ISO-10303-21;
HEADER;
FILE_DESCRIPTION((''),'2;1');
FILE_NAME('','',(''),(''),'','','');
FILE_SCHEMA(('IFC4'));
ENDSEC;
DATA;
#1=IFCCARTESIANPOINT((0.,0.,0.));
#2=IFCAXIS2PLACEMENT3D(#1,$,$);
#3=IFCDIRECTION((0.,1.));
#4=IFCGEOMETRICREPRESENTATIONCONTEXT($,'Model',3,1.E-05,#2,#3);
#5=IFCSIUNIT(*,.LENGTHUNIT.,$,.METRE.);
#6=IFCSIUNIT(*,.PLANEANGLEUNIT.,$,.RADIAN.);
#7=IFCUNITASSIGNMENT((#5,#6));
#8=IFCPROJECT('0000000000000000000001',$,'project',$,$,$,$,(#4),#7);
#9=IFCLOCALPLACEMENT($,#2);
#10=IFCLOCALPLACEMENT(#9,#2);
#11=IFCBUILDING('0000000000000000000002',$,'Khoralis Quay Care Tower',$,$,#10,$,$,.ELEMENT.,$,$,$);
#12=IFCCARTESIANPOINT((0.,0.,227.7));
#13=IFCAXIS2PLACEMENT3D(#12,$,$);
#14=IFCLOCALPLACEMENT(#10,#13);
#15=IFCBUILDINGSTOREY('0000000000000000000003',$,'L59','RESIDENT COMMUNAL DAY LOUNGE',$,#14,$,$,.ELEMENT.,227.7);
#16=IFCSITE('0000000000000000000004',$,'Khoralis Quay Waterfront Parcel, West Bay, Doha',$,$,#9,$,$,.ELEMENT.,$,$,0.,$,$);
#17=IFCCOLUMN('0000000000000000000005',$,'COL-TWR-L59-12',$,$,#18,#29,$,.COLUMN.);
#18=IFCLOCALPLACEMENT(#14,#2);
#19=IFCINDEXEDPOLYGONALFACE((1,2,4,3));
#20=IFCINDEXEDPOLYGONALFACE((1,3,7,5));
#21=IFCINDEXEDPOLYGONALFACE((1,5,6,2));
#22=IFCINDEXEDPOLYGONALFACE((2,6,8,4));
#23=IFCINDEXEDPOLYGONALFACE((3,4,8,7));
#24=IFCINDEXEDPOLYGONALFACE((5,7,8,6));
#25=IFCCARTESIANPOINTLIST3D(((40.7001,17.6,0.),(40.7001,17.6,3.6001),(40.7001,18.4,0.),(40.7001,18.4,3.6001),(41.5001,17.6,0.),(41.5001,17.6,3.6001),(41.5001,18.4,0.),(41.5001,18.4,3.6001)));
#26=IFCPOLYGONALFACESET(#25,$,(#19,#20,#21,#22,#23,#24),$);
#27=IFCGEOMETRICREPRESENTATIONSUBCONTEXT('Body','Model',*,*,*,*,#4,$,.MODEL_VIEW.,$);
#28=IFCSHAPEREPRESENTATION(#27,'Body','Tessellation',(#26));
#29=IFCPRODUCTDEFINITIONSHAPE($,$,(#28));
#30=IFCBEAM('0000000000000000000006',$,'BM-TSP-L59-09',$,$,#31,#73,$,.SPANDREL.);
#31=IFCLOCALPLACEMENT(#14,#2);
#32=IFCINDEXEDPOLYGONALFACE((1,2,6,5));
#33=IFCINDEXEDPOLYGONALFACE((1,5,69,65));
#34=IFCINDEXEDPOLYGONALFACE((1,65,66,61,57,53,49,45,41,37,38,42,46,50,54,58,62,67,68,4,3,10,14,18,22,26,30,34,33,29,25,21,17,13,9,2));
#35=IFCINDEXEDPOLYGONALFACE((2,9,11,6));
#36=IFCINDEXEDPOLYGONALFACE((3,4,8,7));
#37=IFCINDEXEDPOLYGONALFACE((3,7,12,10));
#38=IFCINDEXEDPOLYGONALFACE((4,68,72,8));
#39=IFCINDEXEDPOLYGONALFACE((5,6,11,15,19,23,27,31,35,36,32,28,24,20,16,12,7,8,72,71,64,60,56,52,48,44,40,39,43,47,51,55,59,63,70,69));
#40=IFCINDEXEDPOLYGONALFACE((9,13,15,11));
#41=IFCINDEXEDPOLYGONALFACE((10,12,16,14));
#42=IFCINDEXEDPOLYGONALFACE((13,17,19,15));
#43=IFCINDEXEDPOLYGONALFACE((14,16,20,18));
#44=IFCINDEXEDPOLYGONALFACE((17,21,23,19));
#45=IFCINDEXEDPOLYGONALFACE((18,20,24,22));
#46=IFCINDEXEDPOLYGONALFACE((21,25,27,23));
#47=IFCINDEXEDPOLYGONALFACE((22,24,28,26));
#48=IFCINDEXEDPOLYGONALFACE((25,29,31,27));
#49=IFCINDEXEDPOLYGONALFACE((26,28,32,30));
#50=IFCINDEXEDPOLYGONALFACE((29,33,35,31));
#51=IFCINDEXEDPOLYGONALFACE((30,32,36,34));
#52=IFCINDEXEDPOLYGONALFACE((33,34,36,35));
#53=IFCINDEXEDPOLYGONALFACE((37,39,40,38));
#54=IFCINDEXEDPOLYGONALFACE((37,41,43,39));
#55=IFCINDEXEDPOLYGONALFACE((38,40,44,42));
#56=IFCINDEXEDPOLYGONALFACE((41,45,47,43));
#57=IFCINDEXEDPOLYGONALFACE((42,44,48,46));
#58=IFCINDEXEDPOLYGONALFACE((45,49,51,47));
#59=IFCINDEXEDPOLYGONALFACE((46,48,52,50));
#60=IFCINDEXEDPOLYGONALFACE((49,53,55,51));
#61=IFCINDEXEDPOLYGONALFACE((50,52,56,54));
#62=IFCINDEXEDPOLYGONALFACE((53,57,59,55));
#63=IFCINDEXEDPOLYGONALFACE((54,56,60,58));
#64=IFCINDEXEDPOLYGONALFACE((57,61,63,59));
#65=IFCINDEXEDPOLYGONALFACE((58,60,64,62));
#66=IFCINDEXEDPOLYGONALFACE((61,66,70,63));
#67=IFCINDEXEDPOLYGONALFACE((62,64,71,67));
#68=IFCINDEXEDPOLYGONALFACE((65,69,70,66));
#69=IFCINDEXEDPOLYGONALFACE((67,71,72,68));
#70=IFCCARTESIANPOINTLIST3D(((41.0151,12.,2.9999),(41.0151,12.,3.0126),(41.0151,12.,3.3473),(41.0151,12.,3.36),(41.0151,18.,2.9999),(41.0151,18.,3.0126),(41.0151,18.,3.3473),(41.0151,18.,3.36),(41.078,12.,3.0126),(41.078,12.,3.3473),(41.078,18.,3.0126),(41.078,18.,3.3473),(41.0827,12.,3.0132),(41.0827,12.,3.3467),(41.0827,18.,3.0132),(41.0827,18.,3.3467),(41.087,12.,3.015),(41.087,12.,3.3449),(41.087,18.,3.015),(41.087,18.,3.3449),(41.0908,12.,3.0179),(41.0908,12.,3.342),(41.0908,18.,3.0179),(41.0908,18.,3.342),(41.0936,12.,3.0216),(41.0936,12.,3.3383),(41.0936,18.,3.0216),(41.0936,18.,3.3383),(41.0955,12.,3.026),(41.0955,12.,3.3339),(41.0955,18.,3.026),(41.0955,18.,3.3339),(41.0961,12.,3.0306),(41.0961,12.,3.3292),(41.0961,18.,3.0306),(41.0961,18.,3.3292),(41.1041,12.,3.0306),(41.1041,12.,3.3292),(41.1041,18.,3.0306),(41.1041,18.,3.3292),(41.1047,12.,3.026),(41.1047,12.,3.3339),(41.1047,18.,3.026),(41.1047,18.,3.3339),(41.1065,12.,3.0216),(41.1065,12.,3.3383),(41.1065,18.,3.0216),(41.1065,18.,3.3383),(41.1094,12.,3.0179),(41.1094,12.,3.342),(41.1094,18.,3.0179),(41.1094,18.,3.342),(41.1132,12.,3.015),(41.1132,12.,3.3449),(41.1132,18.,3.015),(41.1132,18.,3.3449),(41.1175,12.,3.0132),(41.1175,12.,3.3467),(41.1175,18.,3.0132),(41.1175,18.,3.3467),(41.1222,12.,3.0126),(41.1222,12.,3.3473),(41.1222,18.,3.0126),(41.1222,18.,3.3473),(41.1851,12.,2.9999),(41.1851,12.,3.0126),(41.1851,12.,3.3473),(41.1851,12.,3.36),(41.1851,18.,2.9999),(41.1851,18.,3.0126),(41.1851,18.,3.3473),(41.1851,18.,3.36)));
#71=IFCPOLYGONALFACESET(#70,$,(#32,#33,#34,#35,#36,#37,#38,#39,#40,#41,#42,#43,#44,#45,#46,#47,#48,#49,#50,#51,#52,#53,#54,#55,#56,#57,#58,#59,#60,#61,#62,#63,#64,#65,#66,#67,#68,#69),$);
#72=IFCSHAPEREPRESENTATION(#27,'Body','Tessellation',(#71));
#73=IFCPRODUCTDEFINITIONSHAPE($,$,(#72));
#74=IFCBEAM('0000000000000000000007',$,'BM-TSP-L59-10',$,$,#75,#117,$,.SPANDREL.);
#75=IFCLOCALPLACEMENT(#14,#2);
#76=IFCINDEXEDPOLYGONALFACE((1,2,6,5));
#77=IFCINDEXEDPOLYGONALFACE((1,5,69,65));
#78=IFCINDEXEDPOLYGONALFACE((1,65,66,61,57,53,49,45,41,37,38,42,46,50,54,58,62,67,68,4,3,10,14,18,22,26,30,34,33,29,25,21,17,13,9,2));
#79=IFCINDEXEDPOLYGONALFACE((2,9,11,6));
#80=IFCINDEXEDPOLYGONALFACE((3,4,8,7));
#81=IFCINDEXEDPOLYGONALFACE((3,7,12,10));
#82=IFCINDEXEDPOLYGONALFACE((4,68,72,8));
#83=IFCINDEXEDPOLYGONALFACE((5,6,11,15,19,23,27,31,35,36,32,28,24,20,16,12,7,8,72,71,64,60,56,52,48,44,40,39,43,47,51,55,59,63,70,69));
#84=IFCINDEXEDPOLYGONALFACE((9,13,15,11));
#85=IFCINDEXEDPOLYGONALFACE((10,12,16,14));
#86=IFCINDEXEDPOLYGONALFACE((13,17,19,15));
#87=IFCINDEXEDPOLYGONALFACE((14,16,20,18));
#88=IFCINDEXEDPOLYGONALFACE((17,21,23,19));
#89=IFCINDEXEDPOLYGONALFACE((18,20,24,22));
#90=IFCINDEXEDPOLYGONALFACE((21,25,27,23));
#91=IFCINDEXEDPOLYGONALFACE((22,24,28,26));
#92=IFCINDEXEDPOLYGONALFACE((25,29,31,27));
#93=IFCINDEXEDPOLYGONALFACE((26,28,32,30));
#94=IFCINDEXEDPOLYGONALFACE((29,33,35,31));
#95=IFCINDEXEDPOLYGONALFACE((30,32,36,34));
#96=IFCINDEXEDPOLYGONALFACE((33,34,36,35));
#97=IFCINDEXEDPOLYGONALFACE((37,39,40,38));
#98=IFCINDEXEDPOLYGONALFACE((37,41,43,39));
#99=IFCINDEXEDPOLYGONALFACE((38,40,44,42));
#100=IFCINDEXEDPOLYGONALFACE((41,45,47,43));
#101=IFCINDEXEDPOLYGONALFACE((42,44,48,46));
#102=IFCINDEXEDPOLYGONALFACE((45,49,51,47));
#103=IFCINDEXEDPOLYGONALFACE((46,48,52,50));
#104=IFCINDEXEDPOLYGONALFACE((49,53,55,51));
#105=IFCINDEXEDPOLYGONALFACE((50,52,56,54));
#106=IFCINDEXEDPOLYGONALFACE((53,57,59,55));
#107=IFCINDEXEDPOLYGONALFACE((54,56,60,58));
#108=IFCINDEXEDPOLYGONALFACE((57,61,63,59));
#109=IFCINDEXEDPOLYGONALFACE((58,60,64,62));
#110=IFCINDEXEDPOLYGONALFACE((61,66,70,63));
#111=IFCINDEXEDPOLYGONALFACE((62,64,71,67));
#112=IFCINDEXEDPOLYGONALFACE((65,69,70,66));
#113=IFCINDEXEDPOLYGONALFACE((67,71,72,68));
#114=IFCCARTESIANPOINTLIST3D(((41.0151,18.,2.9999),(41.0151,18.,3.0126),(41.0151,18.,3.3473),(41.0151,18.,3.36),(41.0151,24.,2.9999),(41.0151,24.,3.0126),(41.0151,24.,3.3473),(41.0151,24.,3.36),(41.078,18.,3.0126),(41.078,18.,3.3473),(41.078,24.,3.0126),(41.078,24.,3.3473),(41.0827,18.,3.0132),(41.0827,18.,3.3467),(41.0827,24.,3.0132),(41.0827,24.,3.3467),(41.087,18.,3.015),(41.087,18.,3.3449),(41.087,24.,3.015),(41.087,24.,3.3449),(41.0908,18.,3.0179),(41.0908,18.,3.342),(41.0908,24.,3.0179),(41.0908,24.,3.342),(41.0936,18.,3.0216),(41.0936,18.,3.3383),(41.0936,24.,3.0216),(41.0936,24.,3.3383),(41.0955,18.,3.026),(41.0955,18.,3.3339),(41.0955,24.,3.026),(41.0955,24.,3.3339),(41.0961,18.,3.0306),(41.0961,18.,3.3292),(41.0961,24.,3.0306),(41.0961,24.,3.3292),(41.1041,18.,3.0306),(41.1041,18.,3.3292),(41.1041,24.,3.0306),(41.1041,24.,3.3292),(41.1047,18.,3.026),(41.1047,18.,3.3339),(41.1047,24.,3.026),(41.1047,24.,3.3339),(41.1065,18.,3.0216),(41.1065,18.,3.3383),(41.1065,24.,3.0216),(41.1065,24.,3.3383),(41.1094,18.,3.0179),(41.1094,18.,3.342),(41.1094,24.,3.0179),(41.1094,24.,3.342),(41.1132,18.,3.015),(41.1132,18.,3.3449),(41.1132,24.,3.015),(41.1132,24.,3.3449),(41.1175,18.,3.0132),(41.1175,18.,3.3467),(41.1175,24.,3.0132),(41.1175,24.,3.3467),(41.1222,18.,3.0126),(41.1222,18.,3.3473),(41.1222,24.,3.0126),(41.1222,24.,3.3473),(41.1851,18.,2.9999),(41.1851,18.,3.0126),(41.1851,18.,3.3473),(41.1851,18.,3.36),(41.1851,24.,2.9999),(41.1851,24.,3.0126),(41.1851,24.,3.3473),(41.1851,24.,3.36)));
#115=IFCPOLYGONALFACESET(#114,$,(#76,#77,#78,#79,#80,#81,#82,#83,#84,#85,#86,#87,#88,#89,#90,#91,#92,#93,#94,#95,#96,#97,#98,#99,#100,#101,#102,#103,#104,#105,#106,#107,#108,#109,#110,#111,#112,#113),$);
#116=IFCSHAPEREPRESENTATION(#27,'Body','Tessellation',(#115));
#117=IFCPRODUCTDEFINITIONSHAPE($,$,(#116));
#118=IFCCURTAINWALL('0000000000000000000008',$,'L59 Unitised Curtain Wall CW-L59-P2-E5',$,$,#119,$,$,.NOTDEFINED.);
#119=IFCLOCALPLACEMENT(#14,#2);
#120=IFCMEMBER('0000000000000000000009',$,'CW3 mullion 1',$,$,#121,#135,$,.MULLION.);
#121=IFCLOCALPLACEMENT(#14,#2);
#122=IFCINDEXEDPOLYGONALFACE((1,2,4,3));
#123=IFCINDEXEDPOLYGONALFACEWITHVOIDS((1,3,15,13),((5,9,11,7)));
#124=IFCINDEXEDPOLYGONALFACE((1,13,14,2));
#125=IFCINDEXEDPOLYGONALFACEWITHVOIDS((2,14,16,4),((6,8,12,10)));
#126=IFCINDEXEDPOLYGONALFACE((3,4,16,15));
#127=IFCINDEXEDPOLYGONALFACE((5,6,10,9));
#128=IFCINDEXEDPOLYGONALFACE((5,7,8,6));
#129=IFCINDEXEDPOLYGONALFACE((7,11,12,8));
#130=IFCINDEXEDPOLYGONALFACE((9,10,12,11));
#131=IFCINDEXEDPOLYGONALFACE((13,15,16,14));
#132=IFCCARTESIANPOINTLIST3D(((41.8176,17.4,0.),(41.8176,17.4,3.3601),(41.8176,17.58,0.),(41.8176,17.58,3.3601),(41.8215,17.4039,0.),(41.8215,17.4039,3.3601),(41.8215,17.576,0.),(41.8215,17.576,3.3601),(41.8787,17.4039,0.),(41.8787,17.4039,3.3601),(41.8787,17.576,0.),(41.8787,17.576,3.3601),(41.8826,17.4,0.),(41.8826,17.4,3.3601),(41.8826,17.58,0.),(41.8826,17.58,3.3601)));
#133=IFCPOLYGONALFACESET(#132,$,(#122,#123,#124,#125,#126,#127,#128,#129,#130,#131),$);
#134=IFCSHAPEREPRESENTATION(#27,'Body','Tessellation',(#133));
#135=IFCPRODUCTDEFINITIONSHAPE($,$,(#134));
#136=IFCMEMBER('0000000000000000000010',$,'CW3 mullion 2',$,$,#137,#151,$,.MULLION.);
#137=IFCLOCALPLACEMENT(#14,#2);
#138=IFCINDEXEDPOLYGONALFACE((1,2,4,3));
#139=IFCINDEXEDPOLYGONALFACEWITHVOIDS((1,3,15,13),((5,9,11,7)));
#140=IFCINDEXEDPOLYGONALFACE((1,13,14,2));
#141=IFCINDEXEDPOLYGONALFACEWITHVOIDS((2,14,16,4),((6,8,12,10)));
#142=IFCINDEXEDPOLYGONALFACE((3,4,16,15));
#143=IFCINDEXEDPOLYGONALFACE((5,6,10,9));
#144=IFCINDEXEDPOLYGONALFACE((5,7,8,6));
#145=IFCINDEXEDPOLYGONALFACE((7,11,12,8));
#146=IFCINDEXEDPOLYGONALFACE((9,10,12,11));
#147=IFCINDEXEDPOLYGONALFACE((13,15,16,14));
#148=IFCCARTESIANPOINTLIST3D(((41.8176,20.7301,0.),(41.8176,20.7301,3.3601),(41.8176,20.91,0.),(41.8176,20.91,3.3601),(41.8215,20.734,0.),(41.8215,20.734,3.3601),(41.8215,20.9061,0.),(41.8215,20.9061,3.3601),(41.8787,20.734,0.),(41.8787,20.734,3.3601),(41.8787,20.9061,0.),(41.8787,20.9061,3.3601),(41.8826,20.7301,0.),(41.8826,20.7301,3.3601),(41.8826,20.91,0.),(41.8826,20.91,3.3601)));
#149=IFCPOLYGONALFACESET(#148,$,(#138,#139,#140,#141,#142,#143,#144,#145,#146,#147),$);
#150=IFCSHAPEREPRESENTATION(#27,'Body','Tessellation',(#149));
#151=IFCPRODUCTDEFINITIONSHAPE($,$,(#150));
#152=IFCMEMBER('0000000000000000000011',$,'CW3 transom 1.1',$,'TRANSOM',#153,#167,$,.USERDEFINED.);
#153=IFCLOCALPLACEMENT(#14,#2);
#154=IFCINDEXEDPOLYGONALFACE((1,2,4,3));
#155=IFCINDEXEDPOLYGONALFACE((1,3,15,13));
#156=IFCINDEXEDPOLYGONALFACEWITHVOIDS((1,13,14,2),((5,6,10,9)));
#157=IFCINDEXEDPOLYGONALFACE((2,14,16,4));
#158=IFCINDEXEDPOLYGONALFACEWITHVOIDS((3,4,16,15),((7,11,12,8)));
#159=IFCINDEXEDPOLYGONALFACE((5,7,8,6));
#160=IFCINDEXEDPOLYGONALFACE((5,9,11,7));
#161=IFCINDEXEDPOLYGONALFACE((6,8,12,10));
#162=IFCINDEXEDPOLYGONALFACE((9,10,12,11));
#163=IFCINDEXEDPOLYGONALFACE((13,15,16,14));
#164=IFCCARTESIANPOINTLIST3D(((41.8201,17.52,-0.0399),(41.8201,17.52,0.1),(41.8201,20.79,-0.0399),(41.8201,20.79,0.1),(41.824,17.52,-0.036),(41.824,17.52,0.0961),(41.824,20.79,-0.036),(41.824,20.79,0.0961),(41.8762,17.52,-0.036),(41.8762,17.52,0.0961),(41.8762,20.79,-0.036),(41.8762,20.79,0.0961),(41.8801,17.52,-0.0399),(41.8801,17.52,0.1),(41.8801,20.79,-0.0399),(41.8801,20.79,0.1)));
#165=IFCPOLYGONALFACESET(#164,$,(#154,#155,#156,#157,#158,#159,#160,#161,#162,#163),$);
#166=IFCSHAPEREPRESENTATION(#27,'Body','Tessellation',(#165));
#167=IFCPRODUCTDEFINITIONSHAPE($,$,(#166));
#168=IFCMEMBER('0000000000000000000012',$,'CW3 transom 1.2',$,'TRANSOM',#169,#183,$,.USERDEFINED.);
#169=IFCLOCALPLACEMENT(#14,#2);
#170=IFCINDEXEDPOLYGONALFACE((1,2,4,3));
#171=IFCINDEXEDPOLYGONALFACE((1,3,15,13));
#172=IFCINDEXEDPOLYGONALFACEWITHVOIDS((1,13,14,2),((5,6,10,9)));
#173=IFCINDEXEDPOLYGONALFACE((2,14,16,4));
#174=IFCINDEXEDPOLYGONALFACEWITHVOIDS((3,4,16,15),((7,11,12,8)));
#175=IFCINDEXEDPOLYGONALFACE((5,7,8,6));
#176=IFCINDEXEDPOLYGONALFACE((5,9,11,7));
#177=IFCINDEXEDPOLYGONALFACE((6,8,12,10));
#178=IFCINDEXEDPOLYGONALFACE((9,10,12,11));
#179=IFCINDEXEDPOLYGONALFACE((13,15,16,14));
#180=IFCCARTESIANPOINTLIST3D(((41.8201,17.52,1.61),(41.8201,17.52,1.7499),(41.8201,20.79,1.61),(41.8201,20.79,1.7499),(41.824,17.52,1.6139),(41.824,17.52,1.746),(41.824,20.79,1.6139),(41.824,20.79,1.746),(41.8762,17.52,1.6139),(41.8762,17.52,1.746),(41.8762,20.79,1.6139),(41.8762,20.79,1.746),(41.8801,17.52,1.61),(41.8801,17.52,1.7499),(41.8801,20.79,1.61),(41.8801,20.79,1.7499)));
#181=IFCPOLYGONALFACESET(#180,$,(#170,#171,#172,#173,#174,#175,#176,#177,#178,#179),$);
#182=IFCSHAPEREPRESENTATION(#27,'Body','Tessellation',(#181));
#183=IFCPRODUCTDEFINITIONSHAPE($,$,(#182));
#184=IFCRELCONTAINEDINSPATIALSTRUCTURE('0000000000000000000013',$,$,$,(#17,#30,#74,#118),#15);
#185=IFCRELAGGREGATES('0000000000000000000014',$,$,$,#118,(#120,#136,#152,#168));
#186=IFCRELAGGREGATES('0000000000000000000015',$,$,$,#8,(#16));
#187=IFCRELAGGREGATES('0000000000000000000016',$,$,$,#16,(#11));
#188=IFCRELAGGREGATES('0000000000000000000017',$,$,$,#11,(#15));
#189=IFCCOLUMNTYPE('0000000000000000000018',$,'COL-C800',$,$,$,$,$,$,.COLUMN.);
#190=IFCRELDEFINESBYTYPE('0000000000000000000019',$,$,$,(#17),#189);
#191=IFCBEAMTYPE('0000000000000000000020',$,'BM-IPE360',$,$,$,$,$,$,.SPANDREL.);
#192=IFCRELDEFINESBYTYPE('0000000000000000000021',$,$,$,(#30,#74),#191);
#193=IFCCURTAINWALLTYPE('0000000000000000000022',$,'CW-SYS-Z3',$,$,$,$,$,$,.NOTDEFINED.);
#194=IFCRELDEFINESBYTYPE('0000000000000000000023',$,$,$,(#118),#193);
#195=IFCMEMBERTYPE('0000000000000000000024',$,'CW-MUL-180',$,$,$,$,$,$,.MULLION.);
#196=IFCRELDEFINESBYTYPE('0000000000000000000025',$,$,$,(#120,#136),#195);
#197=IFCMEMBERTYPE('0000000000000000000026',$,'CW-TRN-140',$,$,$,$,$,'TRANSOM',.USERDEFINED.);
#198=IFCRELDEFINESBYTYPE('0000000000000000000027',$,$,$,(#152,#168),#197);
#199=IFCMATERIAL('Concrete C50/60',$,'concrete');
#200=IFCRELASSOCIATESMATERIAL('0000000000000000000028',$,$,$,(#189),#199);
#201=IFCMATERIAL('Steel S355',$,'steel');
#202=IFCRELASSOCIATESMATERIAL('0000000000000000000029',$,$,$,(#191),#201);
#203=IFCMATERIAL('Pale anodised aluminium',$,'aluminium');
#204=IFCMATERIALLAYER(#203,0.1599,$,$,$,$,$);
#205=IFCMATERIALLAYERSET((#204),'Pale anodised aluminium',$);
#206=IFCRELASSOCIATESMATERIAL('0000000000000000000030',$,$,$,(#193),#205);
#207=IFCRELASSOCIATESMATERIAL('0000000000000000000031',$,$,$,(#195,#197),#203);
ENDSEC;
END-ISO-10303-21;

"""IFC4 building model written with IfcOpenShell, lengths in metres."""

from ifc_helpers import new_model, si_unit, direction, frame, origin, origin_2d, place, context, subcontext, project, spatial, rectangle, hollow_rectangle, i_section, extrude, source, transform, mapped, material, layer, layer_set, material_profile, profile_set, type_object, element, aggregate, save


model = new_model("IFC4")

# Units and contexts
model_context = context("Model", 3, precision=1e-05, world=origin(), true_north=direction((0.0, 1.0)))
body_context = subcontext(model_context, "Body", "Model", "MODEL_VIEW")
ifc_project = project(units=[si_unit("LENGTHUNIT", "METRE"), si_unit("PLANEANGLEUNIT", "RADIAN")], contexts=[model_context])

# Site, building, storey
site_placement = place(None, origin())
site = spatial("IfcSite", under=ifc_project, at=site_placement, Name="Khoralis Quay Waterfront Parcel, West Bay, Doha", CompositionType="ELEMENT", RefElevation=0.0)
building_placement = place(site_placement, origin())
building = spatial("IfcBuilding", under=site, at=building_placement, Name="Khoralis Quay Care Tower", CompositionType="ELEMENT")
storey_placement = place(building_placement, frame((0.0, 0.0, 227.7)))
storey = spatial("IfcBuildingStorey", under=building, at=storey_placement, Name="L59", Description="RESIDENT COMMUNAL DAY LOUNGE", CompositionType="ELEMENT", Elevation=227.7)

# Column
ifc_material_1 = material(Name="Concrete C50/60", Category="concrete")
ifc_material_profile_1 = material_profile(ifc_material_1, rectangle(XDim=0.8, YDim=0.8, at=origin_2d()), Name="Concrete C50/60")
ifc_profile_set_1 = profile_set([ifc_material_profile_1], Name="Concrete C50/60")
column_type = type_object("IfcColumnType", Name="COL-C800", PredefinedType="COLUMN", material=ifc_profile_set_1)
shared_shape_1 = source(origin(), body_context, "Body", "SweptSolid", [
    extrude(rectangle(XDim=0.8, YDim=0.8, at=origin_2d()), origin(), (0.0, 0.0, 1.0), 3.6001),
])
column_placement = place(storey_placement, frame((41.1001, 18.0, 0.0), z_axis=(0.0, 0.0, 1.0), x_axis=(1.0, 0.0, 0.0)))
element("IfcColumn", 1, at=column_placement, inside=storey, type_object=column_type, Name="COL-TWR-L59-12", PredefinedType="COLUMN", context=body_context, shape_type="MappedRepresentation", body=[
    mapped(shared_shape_1, transform((0.0, 0.0, 0.0), scale=1.0)),
])

# Beams
ifc_material_2 = material(Name="Steel S355", Category="steel")
ifc_material_profile_2 = material_profile(ifc_material_2, i_section(OverallWidth=0.1699, OverallDepth=0.3601, WebThickness=0.0081, FlangeThickness=0.0127, FilletRadius=0.0181, at=origin_2d()), Name="Steel S355")
ifc_profile_set_2 = profile_set([ifc_material_profile_2], Name="Steel S355")
beam_type = type_object("IfcBeamType", Name="BM-IPE360", PredefinedType="SPANDREL", material=ifc_profile_set_2)
shared_shape_2 = source(origin(), body_context, "Body", "SweptSolid", [
    extrude(i_section(OverallWidth=0.1699, OverallDepth=0.3601, WebThickness=0.0081, FlangeThickness=0.0127, FilletRadius=0.0181, at=origin_2d()), origin(), (0.0, 0.0, 1.0), 6.0),
])
for number, where, z_axis, x_axis, name in (
    (2, (41.1001, 12.0, 3.1799), (0.0, 1.0, 0.0), (-1.0, 0.0, 0.0), "BM-TSP-L59-09"),
    (3, (41.1001, 18.0, 3.1799), (0.0, 1.0, 0.0), (-1.0, 0.0, 0.0), "BM-TSP-L59-10"),
):
    element("IfcBeam", number, at=place(storey_placement, frame(where, z_axis=z_axis, x_axis=x_axis)), inside=storey, type_object=beam_type, Name=name, PredefinedType="SPANDREL", context=body_context, shape_type="MappedRepresentation", body=[
        mapped(shared_shape_2, transform((0.0, 0.0, 0.0), scale=1.0)),
    ])

# Curtain wall, members
ifc_material_3 = material(Name="Pale anodised aluminium", Category="aluminium")
ifc_layer_1 = layer(ifc_material_3, 0.1599)
ifc_layer_set_1 = layer_set([ifc_layer_1], Name="Pale anodised aluminium")
curtain_wall_type = type_object("IfcCurtainWallType", Name="CW-SYS-Z3", PredefinedType="NOTDEFINED", material=ifc_layer_set_1)
curtain_wall_placement = place(storey_placement, origin())
curtain_wall = element("IfcCurtainWall", 4, at=curtain_wall_placement, inside=storey, type_object=curtain_wall_type, Name="L59 Unitised Curtain Wall CW-L59-P2-E5", PredefinedType="NOTDEFINED")
ifc_material_profile_3 = material_profile(ifc_material_3, hollow_rectangle(XDim=0.0649, YDim=0.1799, WallThickness=0.0039, at=origin_2d()), Name="Pale anodised aluminium")
ifc_profile_set_3 = profile_set([ifc_material_profile_3], Name="Pale anodised aluminium")
member_type_1 = type_object("IfcMemberType", Name="CW-MUL-180", PredefinedType="MULLION", material=ifc_profile_set_3)
shared_shape_3 = source(origin(), body_context, "Body", "SweptSolid", [
    extrude(hollow_rectangle(XDim=0.0649, YDim=0.1799, WallThickness=0.0039, at=origin_2d()), origin(), (0.0, 0.0, 1.0), 3.3601),
])
member_1_placement = place(storey_placement, frame((41.8501, 17.49, 0.0), z_axis=(0.0, 0.0, 1.0), x_axis=(-1.0, 0.0, 0.0)))
member_1 = element("IfcMember", 5, at=member_1_placement, type_object=member_type_1, Name="CW3 mullion 1", PredefinedType="MULLION", context=body_context, shape_type="MappedRepresentation", body=[
    mapped(shared_shape_3, transform((0.0, 0.0, 0.0), scale=1.0)),
])
member_2_placement = place(storey_placement, frame((41.8501, 20.8201, 0.0), z_axis=(0.0, 0.0, 1.0), x_axis=(-1.0, 0.0, 0.0)))
member_2 = element("IfcMember", 6, at=member_2_placement, type_object=member_type_1, Name="CW3 mullion 2", PredefinedType="MULLION", context=body_context, shape_type="MappedRepresentation", body=[
    mapped(shared_shape_3, transform((0.0, 0.0, 0.0), scale=1.0)),
])
ifc_material_profile_4 = material_profile(ifc_material_3, hollow_rectangle(XDim=0.0601, YDim=0.1399, WallThickness=0.0039, at=origin_2d()), Name="Pale anodised aluminium")
ifc_profile_set_4 = profile_set([ifc_material_profile_4], Name="Pale anodised aluminium")
member_type_2 = type_object("IfcMemberType", Name="CW-TRN-140", ElementType="TRANSOM", PredefinedType="USERDEFINED", material=ifc_profile_set_4)
shared_shape_4 = source(origin(), body_context, "Body", "SweptSolid", [
    extrude(hollow_rectangle(XDim=0.0601, YDim=0.1399, WallThickness=0.0039, at=origin_2d()), origin(), (0.0, 0.0, 1.0), 3.27),
])
member_3_placement = place(storey_placement, frame((41.8501, 17.52, 0.03), z_axis=(0.0, 1.0, 0.0), x_axis=(-1.0, 0.0, 0.0)))
member_3 = element("IfcMember", 7, at=member_3_placement, type_object=member_type_2, Name="CW3 transom 1.1", ObjectType="TRANSOM", PredefinedType="USERDEFINED", context=body_context, shape_type="MappedRepresentation", body=[
    mapped(shared_shape_4, transform((0.0, 0.0, 0.0), scale=1.0)),
])
member_4_placement = place(storey_placement, frame((41.8501, 17.52, 1.6799), z_axis=(0.0, 1.0, 0.0), x_axis=(-1.0, 0.0, 0.0)))
member_4 = element("IfcMember", 8, at=member_4_placement, type_object=member_type_2, Name="CW3 transom 1.2", ObjectType="TRANSOM", PredefinedType="USERDEFINED", context=body_context, shape_type="MappedRepresentation", body=[
    mapped(shared_shape_4, transform((0.0, 0.0, 0.0), scale=1.0)),
])
aggregate(curtain_wall, [member_1, member_2, member_3, member_4])

save(model, "model.ifc")
